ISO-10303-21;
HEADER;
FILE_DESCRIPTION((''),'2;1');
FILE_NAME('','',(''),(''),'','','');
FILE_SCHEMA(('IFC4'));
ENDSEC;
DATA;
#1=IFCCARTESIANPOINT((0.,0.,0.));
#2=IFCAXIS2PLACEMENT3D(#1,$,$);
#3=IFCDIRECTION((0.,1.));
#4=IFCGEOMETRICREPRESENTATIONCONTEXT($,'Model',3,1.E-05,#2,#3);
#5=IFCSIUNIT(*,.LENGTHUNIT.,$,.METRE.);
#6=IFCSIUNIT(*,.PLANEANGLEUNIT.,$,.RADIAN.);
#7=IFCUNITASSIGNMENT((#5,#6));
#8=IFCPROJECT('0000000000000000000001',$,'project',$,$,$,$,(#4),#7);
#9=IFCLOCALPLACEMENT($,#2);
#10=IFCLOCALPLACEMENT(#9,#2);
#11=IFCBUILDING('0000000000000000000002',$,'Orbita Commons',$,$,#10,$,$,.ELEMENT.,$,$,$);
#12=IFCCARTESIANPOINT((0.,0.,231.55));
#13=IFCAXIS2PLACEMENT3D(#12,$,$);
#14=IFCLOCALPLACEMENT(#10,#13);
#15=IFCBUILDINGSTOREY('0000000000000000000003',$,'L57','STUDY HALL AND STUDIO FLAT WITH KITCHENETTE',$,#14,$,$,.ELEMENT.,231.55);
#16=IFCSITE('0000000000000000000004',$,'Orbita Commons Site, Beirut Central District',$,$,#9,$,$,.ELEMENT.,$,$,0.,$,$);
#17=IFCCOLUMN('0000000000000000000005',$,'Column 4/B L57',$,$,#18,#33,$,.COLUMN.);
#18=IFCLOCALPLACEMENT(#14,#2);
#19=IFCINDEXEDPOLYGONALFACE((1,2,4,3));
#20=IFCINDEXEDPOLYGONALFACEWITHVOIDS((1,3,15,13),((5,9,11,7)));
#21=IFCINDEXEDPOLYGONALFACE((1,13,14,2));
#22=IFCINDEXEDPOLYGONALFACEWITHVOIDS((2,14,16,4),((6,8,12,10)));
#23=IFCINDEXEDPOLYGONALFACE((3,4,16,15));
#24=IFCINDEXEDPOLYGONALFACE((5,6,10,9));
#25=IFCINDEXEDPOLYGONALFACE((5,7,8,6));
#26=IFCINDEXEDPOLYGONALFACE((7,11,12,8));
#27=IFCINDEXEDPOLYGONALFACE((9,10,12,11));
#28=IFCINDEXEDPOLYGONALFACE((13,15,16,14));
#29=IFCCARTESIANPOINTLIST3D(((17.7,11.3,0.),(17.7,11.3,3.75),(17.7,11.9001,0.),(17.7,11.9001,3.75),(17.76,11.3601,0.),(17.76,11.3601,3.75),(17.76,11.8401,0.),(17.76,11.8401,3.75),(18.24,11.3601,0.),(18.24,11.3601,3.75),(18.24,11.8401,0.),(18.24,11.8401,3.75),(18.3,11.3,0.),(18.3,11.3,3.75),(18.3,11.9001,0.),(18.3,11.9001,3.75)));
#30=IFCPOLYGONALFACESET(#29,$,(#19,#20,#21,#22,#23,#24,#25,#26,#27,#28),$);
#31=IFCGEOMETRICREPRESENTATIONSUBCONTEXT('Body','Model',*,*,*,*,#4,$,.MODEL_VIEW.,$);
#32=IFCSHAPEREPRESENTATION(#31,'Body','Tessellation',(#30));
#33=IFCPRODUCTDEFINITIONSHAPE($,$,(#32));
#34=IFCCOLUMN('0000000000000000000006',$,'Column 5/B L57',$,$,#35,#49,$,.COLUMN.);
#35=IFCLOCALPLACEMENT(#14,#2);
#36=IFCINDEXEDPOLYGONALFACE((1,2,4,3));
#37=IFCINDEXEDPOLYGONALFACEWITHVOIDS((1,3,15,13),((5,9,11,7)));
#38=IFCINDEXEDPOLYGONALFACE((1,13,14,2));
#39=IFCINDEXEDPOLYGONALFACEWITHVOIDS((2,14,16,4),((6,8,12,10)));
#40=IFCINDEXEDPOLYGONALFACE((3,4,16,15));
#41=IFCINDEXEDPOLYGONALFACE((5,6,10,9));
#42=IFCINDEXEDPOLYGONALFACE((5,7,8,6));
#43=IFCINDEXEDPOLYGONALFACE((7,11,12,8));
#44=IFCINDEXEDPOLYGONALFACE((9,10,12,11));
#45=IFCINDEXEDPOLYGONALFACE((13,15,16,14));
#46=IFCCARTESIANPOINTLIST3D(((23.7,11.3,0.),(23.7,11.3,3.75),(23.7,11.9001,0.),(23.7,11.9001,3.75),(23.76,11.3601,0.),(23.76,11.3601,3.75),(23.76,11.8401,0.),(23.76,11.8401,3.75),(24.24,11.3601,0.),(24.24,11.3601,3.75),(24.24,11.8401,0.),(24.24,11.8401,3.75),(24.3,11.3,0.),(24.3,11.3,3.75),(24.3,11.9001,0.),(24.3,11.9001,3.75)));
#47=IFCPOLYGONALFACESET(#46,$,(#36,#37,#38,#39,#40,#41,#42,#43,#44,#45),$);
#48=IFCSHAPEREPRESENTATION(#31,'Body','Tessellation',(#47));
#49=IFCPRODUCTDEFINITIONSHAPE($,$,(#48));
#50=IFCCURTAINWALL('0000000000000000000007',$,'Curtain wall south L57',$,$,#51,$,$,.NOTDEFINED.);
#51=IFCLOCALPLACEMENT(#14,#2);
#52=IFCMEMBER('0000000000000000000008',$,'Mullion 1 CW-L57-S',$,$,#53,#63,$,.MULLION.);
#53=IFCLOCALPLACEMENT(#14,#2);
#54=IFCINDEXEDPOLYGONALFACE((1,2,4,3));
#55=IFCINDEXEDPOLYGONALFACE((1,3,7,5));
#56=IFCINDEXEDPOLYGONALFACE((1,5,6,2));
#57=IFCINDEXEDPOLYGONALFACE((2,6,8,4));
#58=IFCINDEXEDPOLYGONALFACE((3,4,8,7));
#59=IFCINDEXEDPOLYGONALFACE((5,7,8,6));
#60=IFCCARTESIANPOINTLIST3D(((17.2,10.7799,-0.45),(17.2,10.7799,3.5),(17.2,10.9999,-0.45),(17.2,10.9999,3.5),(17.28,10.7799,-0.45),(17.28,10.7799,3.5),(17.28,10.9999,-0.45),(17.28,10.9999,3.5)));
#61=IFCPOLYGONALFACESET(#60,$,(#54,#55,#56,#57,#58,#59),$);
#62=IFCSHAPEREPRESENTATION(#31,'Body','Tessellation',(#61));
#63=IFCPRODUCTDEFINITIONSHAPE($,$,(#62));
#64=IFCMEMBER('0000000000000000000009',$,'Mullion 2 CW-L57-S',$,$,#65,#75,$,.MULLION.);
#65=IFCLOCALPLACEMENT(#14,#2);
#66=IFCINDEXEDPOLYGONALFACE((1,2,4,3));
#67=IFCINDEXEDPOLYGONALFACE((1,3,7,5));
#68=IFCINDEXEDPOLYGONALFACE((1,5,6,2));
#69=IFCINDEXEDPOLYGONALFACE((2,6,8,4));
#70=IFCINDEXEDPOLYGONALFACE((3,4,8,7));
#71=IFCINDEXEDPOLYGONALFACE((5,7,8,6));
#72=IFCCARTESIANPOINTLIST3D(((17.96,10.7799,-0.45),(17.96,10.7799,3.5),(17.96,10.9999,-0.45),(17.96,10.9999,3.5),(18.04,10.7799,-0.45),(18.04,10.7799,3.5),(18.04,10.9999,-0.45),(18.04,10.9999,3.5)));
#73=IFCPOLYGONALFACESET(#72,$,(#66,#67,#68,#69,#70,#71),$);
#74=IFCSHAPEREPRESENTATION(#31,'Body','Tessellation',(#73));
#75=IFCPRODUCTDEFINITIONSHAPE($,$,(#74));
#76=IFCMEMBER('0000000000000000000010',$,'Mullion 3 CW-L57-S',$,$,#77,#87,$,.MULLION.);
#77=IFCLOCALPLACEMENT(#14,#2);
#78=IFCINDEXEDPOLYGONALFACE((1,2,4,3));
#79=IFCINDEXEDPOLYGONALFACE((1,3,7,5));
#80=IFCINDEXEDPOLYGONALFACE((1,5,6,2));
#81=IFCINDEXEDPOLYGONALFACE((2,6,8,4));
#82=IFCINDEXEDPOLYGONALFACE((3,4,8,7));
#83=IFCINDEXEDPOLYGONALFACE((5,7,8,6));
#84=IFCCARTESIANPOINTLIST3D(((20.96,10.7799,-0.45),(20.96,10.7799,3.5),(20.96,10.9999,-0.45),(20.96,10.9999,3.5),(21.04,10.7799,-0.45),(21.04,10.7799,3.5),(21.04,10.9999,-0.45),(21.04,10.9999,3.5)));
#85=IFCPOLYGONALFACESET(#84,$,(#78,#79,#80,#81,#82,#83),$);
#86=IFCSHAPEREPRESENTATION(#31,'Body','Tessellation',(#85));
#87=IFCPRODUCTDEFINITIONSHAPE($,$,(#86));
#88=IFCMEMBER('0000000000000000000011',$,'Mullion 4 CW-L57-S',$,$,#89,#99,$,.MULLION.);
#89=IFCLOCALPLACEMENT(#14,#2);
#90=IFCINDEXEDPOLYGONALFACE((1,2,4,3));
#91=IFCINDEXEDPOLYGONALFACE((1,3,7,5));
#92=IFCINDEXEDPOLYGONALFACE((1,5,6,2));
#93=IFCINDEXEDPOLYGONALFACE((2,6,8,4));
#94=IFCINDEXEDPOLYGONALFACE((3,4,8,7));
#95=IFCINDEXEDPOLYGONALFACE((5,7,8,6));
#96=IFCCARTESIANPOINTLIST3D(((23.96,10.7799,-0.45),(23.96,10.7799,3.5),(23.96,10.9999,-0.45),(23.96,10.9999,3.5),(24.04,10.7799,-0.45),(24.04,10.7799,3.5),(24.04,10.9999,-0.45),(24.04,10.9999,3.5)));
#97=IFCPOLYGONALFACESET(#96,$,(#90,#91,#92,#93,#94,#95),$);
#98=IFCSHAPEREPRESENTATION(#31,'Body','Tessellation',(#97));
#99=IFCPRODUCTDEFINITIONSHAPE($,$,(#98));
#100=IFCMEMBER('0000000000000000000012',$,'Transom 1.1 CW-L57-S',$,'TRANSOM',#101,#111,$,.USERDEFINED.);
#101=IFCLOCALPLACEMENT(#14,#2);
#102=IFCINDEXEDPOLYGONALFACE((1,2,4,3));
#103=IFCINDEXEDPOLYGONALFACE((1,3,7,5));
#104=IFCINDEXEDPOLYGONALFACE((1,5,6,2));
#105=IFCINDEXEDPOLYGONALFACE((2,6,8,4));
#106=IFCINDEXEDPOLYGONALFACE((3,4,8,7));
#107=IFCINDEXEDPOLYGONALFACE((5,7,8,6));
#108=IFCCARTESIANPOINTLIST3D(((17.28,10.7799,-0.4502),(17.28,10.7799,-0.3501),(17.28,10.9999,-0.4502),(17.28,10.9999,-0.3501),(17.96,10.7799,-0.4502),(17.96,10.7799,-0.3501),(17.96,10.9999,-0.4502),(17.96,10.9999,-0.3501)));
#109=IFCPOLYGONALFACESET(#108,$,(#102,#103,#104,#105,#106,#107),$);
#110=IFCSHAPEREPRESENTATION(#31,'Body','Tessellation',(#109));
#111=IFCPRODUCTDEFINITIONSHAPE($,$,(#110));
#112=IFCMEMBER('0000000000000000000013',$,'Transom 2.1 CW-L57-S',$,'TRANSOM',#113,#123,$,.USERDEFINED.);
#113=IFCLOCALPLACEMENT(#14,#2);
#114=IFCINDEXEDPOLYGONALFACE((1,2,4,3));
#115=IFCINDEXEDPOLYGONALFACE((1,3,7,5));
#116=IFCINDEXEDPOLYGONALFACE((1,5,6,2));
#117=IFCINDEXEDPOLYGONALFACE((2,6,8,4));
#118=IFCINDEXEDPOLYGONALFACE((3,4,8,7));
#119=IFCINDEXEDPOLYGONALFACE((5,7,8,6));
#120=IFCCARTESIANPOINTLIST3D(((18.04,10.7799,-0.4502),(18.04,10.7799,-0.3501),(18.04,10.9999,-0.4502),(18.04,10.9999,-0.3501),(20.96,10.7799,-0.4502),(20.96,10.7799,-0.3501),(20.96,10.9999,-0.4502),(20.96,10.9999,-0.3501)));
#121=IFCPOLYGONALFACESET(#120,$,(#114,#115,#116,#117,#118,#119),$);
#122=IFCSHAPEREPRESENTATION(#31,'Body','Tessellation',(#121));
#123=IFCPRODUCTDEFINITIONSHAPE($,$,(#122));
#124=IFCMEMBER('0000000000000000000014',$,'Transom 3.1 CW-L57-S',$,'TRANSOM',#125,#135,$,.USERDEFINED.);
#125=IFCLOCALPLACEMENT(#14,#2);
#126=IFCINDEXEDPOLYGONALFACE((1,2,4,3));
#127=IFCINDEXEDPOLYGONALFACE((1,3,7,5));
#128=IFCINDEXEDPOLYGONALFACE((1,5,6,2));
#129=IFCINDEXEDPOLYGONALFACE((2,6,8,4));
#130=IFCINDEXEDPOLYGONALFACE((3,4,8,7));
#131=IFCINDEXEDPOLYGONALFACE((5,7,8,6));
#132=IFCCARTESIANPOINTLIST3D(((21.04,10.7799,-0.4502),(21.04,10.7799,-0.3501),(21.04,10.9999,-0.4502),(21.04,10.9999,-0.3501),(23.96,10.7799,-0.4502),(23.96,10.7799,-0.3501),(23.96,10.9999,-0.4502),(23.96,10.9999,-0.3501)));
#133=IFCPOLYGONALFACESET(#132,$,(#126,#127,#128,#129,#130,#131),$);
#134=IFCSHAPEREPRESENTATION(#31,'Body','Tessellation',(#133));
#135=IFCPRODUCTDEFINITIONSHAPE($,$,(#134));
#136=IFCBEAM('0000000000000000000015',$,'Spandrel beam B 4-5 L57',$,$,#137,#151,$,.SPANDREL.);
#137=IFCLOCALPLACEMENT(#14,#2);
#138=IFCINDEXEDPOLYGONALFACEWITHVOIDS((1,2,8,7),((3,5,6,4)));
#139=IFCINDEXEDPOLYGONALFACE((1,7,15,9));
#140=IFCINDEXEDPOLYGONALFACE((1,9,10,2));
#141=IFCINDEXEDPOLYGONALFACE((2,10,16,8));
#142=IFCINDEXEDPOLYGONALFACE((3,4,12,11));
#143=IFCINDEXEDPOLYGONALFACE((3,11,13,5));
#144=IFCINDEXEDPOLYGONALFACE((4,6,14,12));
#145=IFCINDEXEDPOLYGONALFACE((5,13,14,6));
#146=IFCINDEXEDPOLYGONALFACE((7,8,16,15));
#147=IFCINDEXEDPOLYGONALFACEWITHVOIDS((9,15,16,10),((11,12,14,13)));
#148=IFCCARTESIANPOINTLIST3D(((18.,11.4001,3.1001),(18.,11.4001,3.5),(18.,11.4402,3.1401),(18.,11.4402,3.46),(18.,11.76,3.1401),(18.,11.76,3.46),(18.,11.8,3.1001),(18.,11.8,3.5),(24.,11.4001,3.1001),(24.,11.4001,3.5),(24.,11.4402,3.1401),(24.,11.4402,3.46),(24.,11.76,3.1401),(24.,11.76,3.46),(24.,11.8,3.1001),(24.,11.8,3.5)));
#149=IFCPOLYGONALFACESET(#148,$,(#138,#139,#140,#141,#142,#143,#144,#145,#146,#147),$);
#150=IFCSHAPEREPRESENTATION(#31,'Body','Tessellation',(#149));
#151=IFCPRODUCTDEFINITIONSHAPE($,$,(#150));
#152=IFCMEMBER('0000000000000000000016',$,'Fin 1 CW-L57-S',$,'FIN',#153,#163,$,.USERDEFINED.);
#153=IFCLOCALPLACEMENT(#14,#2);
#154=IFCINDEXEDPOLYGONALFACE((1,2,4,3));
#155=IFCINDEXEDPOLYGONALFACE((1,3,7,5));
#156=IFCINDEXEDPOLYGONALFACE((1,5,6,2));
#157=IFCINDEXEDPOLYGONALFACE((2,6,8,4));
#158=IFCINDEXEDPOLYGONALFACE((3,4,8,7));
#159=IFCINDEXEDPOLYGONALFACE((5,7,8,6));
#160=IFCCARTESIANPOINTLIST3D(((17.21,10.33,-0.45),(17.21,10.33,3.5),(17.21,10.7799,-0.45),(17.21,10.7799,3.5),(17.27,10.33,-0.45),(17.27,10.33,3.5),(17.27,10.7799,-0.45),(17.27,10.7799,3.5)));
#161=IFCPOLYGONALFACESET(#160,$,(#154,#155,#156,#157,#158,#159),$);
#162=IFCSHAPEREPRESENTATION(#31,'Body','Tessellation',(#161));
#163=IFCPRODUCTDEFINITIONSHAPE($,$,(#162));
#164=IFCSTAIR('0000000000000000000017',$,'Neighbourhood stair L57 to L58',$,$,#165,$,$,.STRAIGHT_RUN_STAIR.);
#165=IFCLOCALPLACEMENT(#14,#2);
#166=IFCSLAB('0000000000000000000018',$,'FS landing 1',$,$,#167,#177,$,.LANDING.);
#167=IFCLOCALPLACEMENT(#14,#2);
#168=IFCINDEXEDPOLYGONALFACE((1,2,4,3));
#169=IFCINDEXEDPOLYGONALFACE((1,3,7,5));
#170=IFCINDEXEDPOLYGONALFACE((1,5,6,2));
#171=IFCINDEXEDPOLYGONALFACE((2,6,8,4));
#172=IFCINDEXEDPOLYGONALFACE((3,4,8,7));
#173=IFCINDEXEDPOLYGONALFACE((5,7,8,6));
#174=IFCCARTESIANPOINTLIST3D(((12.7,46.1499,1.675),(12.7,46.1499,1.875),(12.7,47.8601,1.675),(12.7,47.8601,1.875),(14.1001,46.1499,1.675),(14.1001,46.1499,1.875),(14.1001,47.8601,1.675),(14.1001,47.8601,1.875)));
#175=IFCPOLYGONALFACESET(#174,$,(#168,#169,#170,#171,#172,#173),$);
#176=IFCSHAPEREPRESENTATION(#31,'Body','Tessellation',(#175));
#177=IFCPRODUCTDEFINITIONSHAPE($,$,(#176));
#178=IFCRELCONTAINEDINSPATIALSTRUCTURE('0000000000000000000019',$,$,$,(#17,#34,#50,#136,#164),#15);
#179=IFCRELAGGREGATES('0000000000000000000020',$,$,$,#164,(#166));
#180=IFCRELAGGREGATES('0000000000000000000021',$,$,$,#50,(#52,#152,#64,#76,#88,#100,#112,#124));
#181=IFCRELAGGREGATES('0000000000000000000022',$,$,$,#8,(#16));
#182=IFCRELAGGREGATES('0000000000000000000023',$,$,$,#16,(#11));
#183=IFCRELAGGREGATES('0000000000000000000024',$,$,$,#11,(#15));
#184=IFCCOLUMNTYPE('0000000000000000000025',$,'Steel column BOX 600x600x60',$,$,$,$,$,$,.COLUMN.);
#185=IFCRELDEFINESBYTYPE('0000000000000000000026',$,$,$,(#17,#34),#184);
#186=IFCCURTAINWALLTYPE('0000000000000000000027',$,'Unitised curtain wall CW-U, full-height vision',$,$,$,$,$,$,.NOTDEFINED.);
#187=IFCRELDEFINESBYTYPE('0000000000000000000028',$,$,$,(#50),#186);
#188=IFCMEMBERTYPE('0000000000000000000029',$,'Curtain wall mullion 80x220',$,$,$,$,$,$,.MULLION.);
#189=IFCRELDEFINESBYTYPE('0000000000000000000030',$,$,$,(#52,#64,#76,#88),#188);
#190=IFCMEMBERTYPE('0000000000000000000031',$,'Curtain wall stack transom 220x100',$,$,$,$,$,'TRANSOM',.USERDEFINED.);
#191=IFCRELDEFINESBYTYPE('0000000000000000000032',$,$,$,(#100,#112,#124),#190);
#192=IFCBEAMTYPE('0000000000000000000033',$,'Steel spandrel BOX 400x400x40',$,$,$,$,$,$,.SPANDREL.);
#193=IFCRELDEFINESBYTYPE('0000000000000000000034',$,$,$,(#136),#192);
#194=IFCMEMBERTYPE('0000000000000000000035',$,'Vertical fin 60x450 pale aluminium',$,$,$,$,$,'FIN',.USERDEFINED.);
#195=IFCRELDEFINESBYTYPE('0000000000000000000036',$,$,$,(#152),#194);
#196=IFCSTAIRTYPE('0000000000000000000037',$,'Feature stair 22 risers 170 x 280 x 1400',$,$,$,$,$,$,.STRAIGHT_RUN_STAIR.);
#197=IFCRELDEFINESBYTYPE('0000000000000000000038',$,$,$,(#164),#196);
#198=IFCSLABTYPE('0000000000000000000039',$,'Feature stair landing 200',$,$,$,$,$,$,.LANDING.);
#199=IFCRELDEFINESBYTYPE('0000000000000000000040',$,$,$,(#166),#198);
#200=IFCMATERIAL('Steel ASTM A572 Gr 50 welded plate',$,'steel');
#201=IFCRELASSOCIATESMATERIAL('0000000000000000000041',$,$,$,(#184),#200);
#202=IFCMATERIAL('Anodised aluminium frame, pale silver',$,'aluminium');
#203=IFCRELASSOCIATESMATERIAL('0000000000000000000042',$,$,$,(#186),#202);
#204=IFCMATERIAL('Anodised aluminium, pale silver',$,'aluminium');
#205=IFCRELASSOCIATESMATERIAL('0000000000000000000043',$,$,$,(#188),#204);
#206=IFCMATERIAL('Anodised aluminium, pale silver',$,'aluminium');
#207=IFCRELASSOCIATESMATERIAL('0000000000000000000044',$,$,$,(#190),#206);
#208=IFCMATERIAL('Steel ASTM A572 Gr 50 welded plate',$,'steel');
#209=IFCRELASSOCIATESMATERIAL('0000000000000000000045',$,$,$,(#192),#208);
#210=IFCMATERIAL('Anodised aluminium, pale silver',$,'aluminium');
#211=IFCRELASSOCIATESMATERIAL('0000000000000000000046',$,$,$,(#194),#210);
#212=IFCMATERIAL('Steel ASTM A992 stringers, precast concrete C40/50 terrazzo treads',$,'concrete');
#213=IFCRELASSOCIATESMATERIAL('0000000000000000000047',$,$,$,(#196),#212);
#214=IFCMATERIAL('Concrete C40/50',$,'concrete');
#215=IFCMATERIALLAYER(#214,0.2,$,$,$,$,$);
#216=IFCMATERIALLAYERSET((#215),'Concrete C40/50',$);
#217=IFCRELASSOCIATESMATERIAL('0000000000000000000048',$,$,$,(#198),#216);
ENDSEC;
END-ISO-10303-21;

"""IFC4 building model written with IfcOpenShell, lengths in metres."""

from ifc_helpers import new_model, si_unit, direction, frame, origin, origin_2d, place, context, subcontext, project, spatial, polyline, rectangle, hollow_rectangle, outline, extrude, material, layer, layer_set, material_profile, profile_set, type_object, element, aggregate, save


model = new_model("IFC4")

# Units and contexts
model_context = context("Model", 3, precision=1e-05, world=origin(), true_north=direction((0.0, 1.0)))
body_context = subcontext(model_context, "Body", "Model", "MODEL_VIEW")
ifc_project = project(units=[si_unit("LENGTHUNIT", "METRE"), si_unit("PLANEANGLEUNIT", "RADIAN")], contexts=[model_context])

# Site, building, storey
site_placement = place(None, origin())
site = spatial("IfcSite", under=ifc_project, at=site_placement, Name="Orbita Commons Site, Beirut Central District", CompositionType="ELEMENT", RefElevation=0.0)
building_placement = place(site_placement, origin())
building = spatial("IfcBuilding", under=site, at=building_placement, Name="Orbita Commons", CompositionType="ELEMENT")
storey_placement = place(building_placement, frame((0.0, 0.0, 231.55)))
storey = spatial("IfcBuildingStorey", under=building, at=storey_placement, Name="L57", Description="STUDY HALL AND STUDIO FLAT WITH KITCHENETTE", CompositionType="ELEMENT", Elevation=231.55)

# Columns
ifc_material_1 = material(Name="Steel ASTM A572 Gr 50 welded plate", Category="steel")
ifc_material_profile_1 = material_profile(ifc_material_1, hollow_rectangle(XDim=0.6001, YDim=0.6001, WallThickness=0.0601, at=origin_2d()), Name="BOX 600x600x60")
ifc_profile_set_1 = profile_set([ifc_material_profile_1], Name="Steel ASTM A572 Gr 50 welded plate")
column_type = type_object("IfcColumnType", Name="Steel column BOX 600x600x60", PredefinedType="COLUMN", material=ifc_profile_set_1)
for number, where, z_axis, x_axis, name in (
    (1, (18.0, 11.6001, 0.0), (0.0, 0.0, 1.0), (1.0, 0.0, 0.0), "Column 4/B L57"),
    (2, (24.0, 11.6001, 0.0), (0.0, 0.0, 1.0), (1.0, 0.0, 0.0), "Column 5/B L57"),
):
    element("IfcColumn", number, at=place(storey_placement, frame(where, z_axis=z_axis, x_axis=x_axis)), inside=storey, type_object=column_type, Name=name, PredefinedType="COLUMN", context=body_context, shape_type="SweptSolid", body=[
        extrude(hollow_rectangle(XDim=0.6001, YDim=0.6001, WallThickness=0.0601, at=origin_2d()), origin(), (0.0, 0.0, 1.0), 3.75),
    ])

# Curtain wall, members
ifc_material_2 = material(Name="Anodised aluminium frame, pale silver", Category="aluminium")
curtain_wall_type = type_object("IfcCurtainWallType", Name="Unitised curtain wall CW-U, full-height vision", PredefinedType="NOTDEFINED", material=ifc_material_2)
curtain_wall_placement = place(storey_placement, origin())
curtain_wall = element("IfcCurtainWall", 3, at=curtain_wall_placement, inside=storey, type_object=curtain_wall_type, Name="Curtain wall south L57", PredefinedType="NOTDEFINED")
ifc_material_3 = material(Name="Anodised aluminium, pale silver", Category="aluminium")
ifc_material_profile_2 = material_profile(ifc_material_3, rectangle(XDim=0.0801, YDim=0.22, at=origin_2d()), Name="AL 80x220")
ifc_profile_set_2 = profile_set([ifc_material_profile_2], Name="Anodised aluminium, pale silver")
member_type_1 = type_object("IfcMemberType", Name="Curtain wall mullion 80x220", PredefinedType="MULLION", material=ifc_profile_set_2)
member_1_placement = place(storey_placement, frame((17.24, 10.8899, -0.45), z_axis=(0.0, 0.0, 1.0), x_axis=(1.0, 0.0, 0.0)))
member_1 = element("IfcMember", 4, at=member_1_placement, type_object=member_type_1, Name="Mullion 1 CW-L57-S", PredefinedType="MULLION", context=body_context, shape_type="SweptSolid", body=[
    extrude(rectangle(XDim=0.0801, YDim=0.22, at=origin_2d()), origin(), (0.0, 0.0, 1.0), 3.95),
])
member_2_placement = place(storey_placement, frame((18.0, 10.8899, -0.45), z_axis=(0.0, 0.0, 1.0), x_axis=(1.0, 0.0, 0.0)))
member_2 = element("IfcMember", 5, at=member_2_placement, type_object=member_type_1, Name="Mullion 2 CW-L57-S", PredefinedType="MULLION", context=body_context, shape_type="SweptSolid", body=[
    extrude(rectangle(XDim=0.0801, YDim=0.22, at=origin_2d()), origin(), (0.0, 0.0, 1.0), 3.95),
])
member_3_placement = place(storey_placement, frame((21.0, 10.8899, -0.45), z_axis=(0.0, 0.0, 1.0), x_axis=(1.0, 0.0, 0.0)))
member_3 = element("IfcMember", 6, at=member_3_placement, type_object=member_type_1, Name="Mullion 3 CW-L57-S", PredefinedType="MULLION", context=body_context, shape_type="SweptSolid", body=[
    extrude(rectangle(XDim=0.0801, YDim=0.22, at=origin_2d()), origin(), (0.0, 0.0, 1.0), 3.95),
])
member_4_placement = place(storey_placement, frame((24.0, 10.8899, -0.45), z_axis=(0.0, 0.0, 1.0), x_axis=(1.0, 0.0, 0.0)))
member_4 = element("IfcMember", 7, at=member_4_placement, type_object=member_type_1, Name="Mullion 4 CW-L57-S", PredefinedType="MULLION", context=body_context, shape_type="SweptSolid", body=[
    extrude(rectangle(XDim=0.0801, YDim=0.22, at=origin_2d()), origin(), (0.0, 0.0, 1.0), 3.95),
])
ifc_material_4 = material(Name="Anodised aluminium, pale silver", Category="aluminium")
ifc_material_profile_3 = material_profile(ifc_material_4, rectangle(XDim=0.22, YDim=0.1001, at=origin_2d()), Name="AL 220x100")
ifc_profile_set_3 = profile_set([ifc_material_profile_3], Name="Anodised aluminium, pale silver")
member_type_2 = type_object("IfcMemberType", Name="Curtain wall stack transom 220x100", ElementType="TRANSOM", PredefinedType="USERDEFINED", material=ifc_profile_set_3)
member_5_placement = place(storey_placement, frame((17.28, 10.8899, -0.4001), z_axis=(1.0, 0.0, 0.0), x_axis=(0.0, 1.0, 0.0)))
member_5 = element("IfcMember", 8, at=member_5_placement, type_object=member_type_2, Name="Transom 1.1 CW-L57-S", ObjectType="TRANSOM", PredefinedType="USERDEFINED", context=body_context, shape_type="SweptSolid", body=[
    extrude(rectangle(XDim=0.22, YDim=0.1001, at=origin_2d()), origin(), (0.0, 0.0, 1.0), 0.6799),
])
member_6_placement = place(storey_placement, frame((18.04, 10.8899, -0.4001), z_axis=(1.0, 0.0, 0.0), x_axis=(0.0, 1.0, 0.0)))
member_6 = element("IfcMember", 9, at=member_6_placement, type_object=member_type_2, Name="Transom 2.1 CW-L57-S", ObjectType="TRANSOM", PredefinedType="USERDEFINED", context=body_context, shape_type="SweptSolid", body=[
    extrude(rectangle(XDim=0.22, YDim=0.1001, at=origin_2d()), origin(), (0.0, 0.0, 1.0), 2.9199),
])
member_7_placement = place(storey_placement, frame((21.04, 10.8899, -0.4001), z_axis=(1.0, 0.0, 0.0), x_axis=(0.0, 1.0, 0.0)))
member_7 = element("IfcMember", 10, at=member_7_placement, type_object=member_type_2, Name="Transom 3.1 CW-L57-S", ObjectType="TRANSOM", PredefinedType="USERDEFINED", context=body_context, shape_type="SweptSolid", body=[
    extrude(rectangle(XDim=0.22, YDim=0.1001, at=origin_2d()), origin(), (0.0, 0.0, 1.0), 2.9199),
])

# Beam
ifc_material_5 = material(Name="Steel ASTM A572 Gr 50 welded plate", Category="steel")
ifc_material_profile_4 = material_profile(ifc_material_5, hollow_rectangle(XDim=0.3999, YDim=0.3999, WallThickness=0.04, at=origin_2d()), Name="BOX 400x400x40")
ifc_profile_set_4 = profile_set([ifc_material_profile_4], Name="Steel ASTM A572 Gr 50 welded plate")
beam_type = type_object("IfcBeamType", Name="Steel spandrel BOX 400x400x40", PredefinedType="SPANDREL", material=ifc_profile_set_4)
beam_placement = place(storey_placement, frame((18.0, 11.6001, 3.3), z_axis=(1.0, 0.0, 0.0), x_axis=(0.0, 1.0, 0.0)))
element("IfcBeam", 11, at=beam_placement, inside=storey, type_object=beam_type, Name="Spandrel beam B 4-5 L57", PredefinedType="SPANDREL", context=body_context, shape_type="SweptSolid", body=[
    extrude(hollow_rectangle(XDim=0.3999, YDim=0.3999, WallThickness=0.04, at=origin_2d()), origin(), (0.0, 0.0, 1.0), 6.0),
])

# Member
ifc_material_6 = material(Name="Anodised aluminium, pale silver", Category="aluminium")
ifc_material_profile_5 = material_profile(ifc_material_6, rectangle(XDim=0.0601, YDim=0.45, at=origin_2d()), Name="FIN 60x450")
ifc_profile_set_5 = profile_set([ifc_material_profile_5], Name="Anodised aluminium, pale silver")
member_type_3 = type_object("IfcMemberType", Name="Vertical fin 60x450 pale aluminium", ElementType="FIN", PredefinedType="USERDEFINED", material=ifc_profile_set_5)
member_8_placement = place(storey_placement, frame((17.24, 10.5549, -0.45), z_axis=(0.0, 0.0, 1.0), x_axis=(1.0, 0.0, 0.0)))
member_8 = element("IfcMember", 12, at=member_8_placement, type_object=member_type_3, Name="Fin 1 CW-L57-S", ObjectType="FIN", PredefinedType="USERDEFINED", context=body_context, shape_type="SweptSolid", body=[
    extrude(rectangle(XDim=0.0601, YDim=0.45, at=origin_2d()), origin(), (0.0, 0.0, 1.0), 3.95),
])

# Stair, slab
ifc_material_7 = material(Name="Steel ASTM A992 stringers, precast concrete C40/50 terrazzo treads", Category="concrete")
stair_type_1 = type_object("IfcStairType", Name="Feature stair 22 risers 170 x 280 x 1400", PredefinedType="STRAIGHT_RUN_STAIR", material=ifc_material_7)
stair_1_placement = place(storey_placement, origin())
stair_1 = element("IfcStair", 13, at=stair_1_placement, inside=storey, type_object=stair_type_1, Name="Neighbourhood stair L57 to L58", PredefinedType="STRAIGHT_RUN_STAIR")
ifc_material_8 = material(Name="Concrete C40/50", Category="concrete")
ifc_layer_1 = layer(ifc_material_8, 0.2)
ifc_layer_set_1 = layer_set([ifc_layer_1], Name="Concrete C40/50")
slab_type_1 = type_object("IfcSlabType", Name="Feature stair landing 200", PredefinedType="LANDING", material=ifc_layer_set_1)
slab_1_placement = place(storey_placement, frame((0.0, 0.0, 1.675)))
slab_1 = element("IfcSlab", 14, at=slab_1_placement, type_object=slab_type_1, Name="FS landing 1", PredefinedType="LANDING", context=body_context, shape_type="SweptSolid", body=[
    extrude(outline(polyline([(12.7, 46.1499), (14.1001, 46.1499), (14.1001, 47.8601), (12.7, 47.8601), (12.7, 46.1499)])), origin(), (0.0, 0.0, 1.0), 0.2),
])
aggregate(stair_1, [slab_1])

aggregate(curtain_wall, [member_1, member_8, member_2, member_3, member_4, member_5, member_6, member_7])

save(model, "model.ifc")
